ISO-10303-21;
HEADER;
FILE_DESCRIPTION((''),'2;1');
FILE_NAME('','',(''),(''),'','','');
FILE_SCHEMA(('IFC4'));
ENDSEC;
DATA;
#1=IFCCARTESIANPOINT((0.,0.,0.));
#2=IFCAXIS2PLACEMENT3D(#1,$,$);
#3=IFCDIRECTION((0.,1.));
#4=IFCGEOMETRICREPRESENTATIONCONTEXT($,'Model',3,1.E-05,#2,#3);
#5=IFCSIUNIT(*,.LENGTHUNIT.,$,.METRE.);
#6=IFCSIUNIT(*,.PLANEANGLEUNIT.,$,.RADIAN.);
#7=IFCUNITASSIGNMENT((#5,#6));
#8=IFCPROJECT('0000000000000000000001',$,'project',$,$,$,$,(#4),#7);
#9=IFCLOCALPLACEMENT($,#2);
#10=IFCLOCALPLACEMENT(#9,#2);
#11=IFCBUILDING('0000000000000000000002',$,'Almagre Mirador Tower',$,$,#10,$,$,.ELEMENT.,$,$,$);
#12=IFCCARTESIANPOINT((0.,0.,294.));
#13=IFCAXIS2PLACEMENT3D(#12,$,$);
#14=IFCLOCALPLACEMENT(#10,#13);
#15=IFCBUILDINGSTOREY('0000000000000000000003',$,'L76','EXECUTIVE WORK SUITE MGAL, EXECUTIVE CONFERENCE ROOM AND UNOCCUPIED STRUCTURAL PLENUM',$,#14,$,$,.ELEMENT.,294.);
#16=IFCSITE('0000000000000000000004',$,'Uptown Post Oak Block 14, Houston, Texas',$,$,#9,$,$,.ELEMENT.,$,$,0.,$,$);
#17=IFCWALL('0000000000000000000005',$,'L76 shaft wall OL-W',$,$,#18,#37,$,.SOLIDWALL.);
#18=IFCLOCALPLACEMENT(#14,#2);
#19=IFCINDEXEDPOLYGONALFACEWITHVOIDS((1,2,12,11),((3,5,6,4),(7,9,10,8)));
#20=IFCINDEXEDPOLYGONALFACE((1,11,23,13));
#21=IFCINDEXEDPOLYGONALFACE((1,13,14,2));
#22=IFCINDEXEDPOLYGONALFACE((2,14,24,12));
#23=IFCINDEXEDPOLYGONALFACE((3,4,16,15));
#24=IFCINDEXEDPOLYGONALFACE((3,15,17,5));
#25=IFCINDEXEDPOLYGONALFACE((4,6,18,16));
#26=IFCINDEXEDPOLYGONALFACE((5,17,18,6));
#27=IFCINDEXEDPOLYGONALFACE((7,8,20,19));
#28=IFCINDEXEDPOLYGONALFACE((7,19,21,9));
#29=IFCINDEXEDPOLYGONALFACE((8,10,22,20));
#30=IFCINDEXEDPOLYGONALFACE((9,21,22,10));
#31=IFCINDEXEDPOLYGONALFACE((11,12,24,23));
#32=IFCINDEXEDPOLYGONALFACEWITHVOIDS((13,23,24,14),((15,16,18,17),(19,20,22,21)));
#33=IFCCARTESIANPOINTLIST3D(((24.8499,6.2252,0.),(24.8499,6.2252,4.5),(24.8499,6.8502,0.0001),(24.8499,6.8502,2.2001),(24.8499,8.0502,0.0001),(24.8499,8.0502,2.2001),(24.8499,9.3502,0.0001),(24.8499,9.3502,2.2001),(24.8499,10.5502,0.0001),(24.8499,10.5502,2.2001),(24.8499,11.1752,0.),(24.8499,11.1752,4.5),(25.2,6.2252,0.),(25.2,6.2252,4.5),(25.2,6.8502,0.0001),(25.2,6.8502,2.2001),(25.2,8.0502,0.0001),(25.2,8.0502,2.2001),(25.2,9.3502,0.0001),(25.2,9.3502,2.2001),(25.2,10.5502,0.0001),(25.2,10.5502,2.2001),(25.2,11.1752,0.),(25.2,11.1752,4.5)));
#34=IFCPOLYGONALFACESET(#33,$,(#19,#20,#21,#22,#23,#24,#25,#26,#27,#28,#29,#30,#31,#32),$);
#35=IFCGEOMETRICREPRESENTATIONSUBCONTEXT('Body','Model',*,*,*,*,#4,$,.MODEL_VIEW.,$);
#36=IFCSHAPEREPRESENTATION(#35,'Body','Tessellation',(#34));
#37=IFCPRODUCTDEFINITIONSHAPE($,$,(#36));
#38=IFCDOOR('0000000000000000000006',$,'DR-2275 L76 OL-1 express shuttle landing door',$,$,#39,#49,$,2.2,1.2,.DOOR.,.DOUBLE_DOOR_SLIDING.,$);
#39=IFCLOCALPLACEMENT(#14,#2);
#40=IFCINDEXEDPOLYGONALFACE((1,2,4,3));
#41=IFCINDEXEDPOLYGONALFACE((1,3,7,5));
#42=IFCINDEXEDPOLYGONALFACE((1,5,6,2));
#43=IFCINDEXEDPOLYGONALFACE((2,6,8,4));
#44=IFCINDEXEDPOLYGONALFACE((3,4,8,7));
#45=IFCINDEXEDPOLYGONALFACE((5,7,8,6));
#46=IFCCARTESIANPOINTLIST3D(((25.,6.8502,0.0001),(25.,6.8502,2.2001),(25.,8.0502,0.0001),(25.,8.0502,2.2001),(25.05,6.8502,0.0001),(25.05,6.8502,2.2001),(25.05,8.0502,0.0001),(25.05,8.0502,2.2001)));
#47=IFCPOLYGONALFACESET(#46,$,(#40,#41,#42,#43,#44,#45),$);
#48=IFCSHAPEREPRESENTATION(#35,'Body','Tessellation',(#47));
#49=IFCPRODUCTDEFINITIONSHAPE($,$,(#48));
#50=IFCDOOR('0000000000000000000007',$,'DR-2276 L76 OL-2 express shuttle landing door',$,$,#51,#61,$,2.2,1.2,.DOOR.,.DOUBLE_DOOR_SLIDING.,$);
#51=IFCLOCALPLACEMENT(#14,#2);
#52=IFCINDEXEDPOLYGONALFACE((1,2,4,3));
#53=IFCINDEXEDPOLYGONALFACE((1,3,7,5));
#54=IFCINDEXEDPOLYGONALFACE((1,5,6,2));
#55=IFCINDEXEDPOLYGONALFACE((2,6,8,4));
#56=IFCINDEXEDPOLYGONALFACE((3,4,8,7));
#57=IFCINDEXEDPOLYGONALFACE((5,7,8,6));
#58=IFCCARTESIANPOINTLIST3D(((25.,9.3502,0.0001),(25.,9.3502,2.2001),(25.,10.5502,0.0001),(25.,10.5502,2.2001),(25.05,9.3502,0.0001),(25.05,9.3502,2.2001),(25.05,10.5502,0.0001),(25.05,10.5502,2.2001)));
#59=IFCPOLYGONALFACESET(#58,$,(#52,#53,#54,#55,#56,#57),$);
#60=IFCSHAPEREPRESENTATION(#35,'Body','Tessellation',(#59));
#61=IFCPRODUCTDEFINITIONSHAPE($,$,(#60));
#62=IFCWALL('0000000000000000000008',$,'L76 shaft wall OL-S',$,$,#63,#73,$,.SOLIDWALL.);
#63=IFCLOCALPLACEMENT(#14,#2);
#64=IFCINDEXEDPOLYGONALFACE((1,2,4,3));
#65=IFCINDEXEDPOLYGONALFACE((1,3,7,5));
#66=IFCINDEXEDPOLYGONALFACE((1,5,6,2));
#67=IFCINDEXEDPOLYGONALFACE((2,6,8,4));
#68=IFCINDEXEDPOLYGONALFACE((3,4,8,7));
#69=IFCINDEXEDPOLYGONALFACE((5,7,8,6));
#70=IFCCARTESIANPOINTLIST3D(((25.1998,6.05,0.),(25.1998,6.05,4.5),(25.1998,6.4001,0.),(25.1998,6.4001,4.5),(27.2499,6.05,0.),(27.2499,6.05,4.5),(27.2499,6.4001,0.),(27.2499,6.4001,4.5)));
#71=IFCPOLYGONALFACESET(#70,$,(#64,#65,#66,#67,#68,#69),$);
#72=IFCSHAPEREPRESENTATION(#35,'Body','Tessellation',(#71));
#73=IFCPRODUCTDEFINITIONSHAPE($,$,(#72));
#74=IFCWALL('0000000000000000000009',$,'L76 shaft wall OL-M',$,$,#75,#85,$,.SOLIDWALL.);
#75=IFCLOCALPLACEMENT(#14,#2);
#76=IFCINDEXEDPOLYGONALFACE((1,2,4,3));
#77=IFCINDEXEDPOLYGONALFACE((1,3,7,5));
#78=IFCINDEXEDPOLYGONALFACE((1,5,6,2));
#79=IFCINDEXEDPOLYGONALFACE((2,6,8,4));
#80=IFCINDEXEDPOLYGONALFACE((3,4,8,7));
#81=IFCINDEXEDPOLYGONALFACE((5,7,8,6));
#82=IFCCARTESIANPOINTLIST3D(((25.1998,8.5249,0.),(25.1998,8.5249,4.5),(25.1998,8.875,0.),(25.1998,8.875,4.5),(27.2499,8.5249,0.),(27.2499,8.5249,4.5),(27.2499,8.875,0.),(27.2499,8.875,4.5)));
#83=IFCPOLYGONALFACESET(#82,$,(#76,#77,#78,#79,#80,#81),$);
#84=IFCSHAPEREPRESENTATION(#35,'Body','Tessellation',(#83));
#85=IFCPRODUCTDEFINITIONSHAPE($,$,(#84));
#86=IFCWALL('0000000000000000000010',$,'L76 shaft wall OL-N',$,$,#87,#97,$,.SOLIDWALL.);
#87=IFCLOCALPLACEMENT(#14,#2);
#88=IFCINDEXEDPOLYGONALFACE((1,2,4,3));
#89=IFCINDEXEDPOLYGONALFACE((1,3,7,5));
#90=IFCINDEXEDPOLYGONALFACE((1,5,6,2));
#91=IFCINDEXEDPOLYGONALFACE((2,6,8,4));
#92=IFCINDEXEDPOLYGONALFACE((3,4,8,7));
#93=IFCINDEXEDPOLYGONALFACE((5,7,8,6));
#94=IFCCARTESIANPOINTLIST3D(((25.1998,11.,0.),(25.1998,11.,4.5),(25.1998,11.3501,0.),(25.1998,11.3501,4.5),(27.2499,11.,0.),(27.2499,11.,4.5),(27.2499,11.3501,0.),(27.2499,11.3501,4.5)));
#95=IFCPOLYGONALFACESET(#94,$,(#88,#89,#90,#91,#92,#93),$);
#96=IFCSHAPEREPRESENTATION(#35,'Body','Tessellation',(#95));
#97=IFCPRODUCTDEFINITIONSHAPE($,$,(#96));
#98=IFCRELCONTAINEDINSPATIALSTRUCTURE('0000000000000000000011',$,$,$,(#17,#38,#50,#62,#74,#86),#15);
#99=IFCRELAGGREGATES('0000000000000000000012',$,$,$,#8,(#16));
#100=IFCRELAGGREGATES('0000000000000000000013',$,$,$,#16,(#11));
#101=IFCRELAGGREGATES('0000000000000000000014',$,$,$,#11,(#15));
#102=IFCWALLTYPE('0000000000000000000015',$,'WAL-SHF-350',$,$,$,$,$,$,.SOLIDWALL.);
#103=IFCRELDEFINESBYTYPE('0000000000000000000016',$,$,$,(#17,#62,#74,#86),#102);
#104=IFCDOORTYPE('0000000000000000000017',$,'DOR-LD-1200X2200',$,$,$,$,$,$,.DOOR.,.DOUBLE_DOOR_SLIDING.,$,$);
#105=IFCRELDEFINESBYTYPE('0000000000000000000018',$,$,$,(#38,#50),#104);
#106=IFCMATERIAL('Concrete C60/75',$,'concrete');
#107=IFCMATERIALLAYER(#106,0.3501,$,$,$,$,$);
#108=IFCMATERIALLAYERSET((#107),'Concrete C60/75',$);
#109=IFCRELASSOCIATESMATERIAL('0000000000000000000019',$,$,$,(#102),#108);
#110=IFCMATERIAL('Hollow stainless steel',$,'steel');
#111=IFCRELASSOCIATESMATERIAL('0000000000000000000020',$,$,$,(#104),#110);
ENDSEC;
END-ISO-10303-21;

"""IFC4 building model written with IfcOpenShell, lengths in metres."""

from ifc_helpers import new_model, si_unit, direction, frame, frame_2d, origin, place, context, subcontext, project, spatial, rectangle, extrude, material, layer, layer_set, type_object, element, fill, save


model = new_model("IFC4")

# Units and contexts
model_context = context("Model", 3, precision=1e-05, world=origin(), true_north=direction((0.0, 1.0)))
body_context = subcontext(model_context, "Body", "Model", "MODEL_VIEW")
ifc_project = project(units=[si_unit("LENGTHUNIT", "METRE"), si_unit("PLANEANGLEUNIT", "RADIAN")], contexts=[model_context])

# Site, building, storey
site_placement = place(None, origin())
site = spatial("IfcSite", under=ifc_project, at=site_placement, Name="Uptown Post Oak Block 14, Houston, Texas", CompositionType="ELEMENT", RefElevation=0.0)
building_placement = place(site_placement, origin())
building = spatial("IfcBuilding", under=site, at=building_placement, Name="Almagre Mirador Tower", CompositionType="ELEMENT")
storey_placement = place(building_placement, frame((0.0, 0.0, 294.0)))
storey = spatial("IfcBuildingStorey", under=building, at=storey_placement, Name="L76", Description="EXECUTIVE WORK SUITE MGAL, EXECUTIVE CONFERENCE ROOM AND UNOCCUPIED STRUCTURAL PLENUM", CompositionType="ELEMENT", Elevation=294.0)

# Wall, openings, doors
ifc_material_1 = material(Name="Concrete C60/75", Category="concrete")
ifc_layer_1 = layer(ifc_material_1, 0.3501)
ifc_layer_set_1 = layer_set([ifc_layer_1], Name="Concrete C60/75")
wall_type_1 = type_object("IfcWallType", Name="WAL-SHF-350", PredefinedType="SOLIDWALL", material=ifc_layer_set_1)
wall_1_placement = place(storey_placement, frame((25.0249, 6.2251, 0.0), z_axis=(0.0, 0.0, 1.0), x_axis=(0.0, 1.0, 0.0)))
wall_1 = element("IfcWall", 1, at=wall_1_placement, inside=storey, type_object=wall_type_1, Name="L76 shaft wall OL-W", PredefinedType="SOLIDWALL", context=body_context, shape_type="SweptSolid", body=[
    extrude(rectangle(XDim=4.95, YDim=0.3501, at=frame_2d((2.4751, 0.0))), origin(), (0.0, 0.0, 1.0), 4.5),
])
opening_1_placement = place(wall_1_placement, frame((0.625, 0.0, 0.0)))
opening_1 = element("IfcOpeningElement", 2, at=opening_1_placement, cuts=wall_1, PredefinedType="OPENING", context=body_context, shape_type="SweptSolid", body=[
    extrude(rectangle(XDim=1.2, YDim=2.2, at=frame_2d((0.6001, 1.1001))), frame((0.0, 0.185, 0.0), z_axis=(0.0, -1.0, 0.0), x_axis=(1.0, 0.0, 0.0)), (0.0, 0.0, 1.0), 0.3701),
])
opening_2_placement = place(wall_1_placement, frame((3.125, 0.0, 0.0)))
opening_2 = element("IfcOpeningElement", 3, at=opening_2_placement, cuts=wall_1, PredefinedType="OPENING", context=body_context, shape_type="SweptSolid", body=[
    extrude(rectangle(XDim=1.2, YDim=2.2, at=frame_2d((0.6001, 1.1001))), frame((0.0, 0.185, 0.0), z_axis=(0.0, -1.0, 0.0), x_axis=(1.0, 0.0, 0.0)), (0.0, 0.0, 1.0), 0.3701),
])
ifc_material_2 = material(Name="Hollow stainless steel", Category="steel")
door_type = type_object("IfcDoorType", Name="DOR-LD-1200X2200", OperationType="DOUBLE_DOOR_SLIDING", PredefinedType="DOOR", material=ifc_material_2)
door_1_placement = place(opening_1_placement, origin())
door_1 = element("IfcDoor", 4, at=door_1_placement, inside=storey, type_object=door_type, Name="DR-2275 L76 OL-1 express shuttle landing door", OperationType="DOUBLE_DOOR_SLIDING", OverallHeight=2.2, OverallWidth=1.2, PredefinedType="DOOR", context=body_context, shape_type="SweptSolid", body=[
    extrude(rectangle(XDim=1.2, YDim=2.2, at=frame_2d((0.6001, 1.1001))), frame((0.0, 0.0249, 0.0), z_axis=(0.0, -1.0, 0.0), x_axis=(1.0, 0.0, 0.0)), (0.0, 0.0, 1.0), 0.05),
])
fill(opening_1, door_1)
door_2_placement = place(opening_2_placement, origin())
door_2 = element("IfcDoor", 5, at=door_2_placement, inside=storey, type_object=door_type, Name="DR-2276 L76 OL-2 express shuttle landing door", OperationType="DOUBLE_DOOR_SLIDING", OverallHeight=2.2, OverallWidth=1.2, PredefinedType="DOOR", context=body_context, shape_type="SweptSolid", body=[
    extrude(rectangle(XDim=1.2, YDim=2.2, at=frame_2d((0.6001, 1.1001))), frame((0.0, 0.0249, 0.0), z_axis=(0.0, -1.0, 0.0), x_axis=(1.0, 0.0, 0.0)), (0.0, 0.0, 1.0), 0.05),
])
fill(opening_2, door_2)

# Walls
for number, where, z_axis, x_axis, name in (
    (6, (25.2, 6.2251, 0.0), (0.0, 0.0, 1.0), (1.0, 0.0, 0.0), "L76 shaft wall OL-S"),
    (7, (25.2, 8.7, 0.0), (0.0, 0.0, 1.0), (1.0, 0.0, 0.0), "L76 shaft wall OL-M"),
    (8, (25.2, 11.175, 0.0), (0.0, 0.0, 1.0), (1.0, 0.0, 0.0), "L76 shaft wall OL-N"),
):
    element("IfcWall", number, at=place(storey_placement, frame(where, z_axis=z_axis, x_axis=x_axis)), inside=storey, type_object=wall_type_1, Name=name, PredefinedType="SOLIDWALL", context=body_context, shape_type="SweptSolid", body=[
        extrude(rectangle(XDim=2.05, YDim=0.3501, at=frame_2d((1.0249, 0.0))), origin(), (0.0, 0.0, 1.0), 4.5),
    ])

save(model, "model.ifc")
